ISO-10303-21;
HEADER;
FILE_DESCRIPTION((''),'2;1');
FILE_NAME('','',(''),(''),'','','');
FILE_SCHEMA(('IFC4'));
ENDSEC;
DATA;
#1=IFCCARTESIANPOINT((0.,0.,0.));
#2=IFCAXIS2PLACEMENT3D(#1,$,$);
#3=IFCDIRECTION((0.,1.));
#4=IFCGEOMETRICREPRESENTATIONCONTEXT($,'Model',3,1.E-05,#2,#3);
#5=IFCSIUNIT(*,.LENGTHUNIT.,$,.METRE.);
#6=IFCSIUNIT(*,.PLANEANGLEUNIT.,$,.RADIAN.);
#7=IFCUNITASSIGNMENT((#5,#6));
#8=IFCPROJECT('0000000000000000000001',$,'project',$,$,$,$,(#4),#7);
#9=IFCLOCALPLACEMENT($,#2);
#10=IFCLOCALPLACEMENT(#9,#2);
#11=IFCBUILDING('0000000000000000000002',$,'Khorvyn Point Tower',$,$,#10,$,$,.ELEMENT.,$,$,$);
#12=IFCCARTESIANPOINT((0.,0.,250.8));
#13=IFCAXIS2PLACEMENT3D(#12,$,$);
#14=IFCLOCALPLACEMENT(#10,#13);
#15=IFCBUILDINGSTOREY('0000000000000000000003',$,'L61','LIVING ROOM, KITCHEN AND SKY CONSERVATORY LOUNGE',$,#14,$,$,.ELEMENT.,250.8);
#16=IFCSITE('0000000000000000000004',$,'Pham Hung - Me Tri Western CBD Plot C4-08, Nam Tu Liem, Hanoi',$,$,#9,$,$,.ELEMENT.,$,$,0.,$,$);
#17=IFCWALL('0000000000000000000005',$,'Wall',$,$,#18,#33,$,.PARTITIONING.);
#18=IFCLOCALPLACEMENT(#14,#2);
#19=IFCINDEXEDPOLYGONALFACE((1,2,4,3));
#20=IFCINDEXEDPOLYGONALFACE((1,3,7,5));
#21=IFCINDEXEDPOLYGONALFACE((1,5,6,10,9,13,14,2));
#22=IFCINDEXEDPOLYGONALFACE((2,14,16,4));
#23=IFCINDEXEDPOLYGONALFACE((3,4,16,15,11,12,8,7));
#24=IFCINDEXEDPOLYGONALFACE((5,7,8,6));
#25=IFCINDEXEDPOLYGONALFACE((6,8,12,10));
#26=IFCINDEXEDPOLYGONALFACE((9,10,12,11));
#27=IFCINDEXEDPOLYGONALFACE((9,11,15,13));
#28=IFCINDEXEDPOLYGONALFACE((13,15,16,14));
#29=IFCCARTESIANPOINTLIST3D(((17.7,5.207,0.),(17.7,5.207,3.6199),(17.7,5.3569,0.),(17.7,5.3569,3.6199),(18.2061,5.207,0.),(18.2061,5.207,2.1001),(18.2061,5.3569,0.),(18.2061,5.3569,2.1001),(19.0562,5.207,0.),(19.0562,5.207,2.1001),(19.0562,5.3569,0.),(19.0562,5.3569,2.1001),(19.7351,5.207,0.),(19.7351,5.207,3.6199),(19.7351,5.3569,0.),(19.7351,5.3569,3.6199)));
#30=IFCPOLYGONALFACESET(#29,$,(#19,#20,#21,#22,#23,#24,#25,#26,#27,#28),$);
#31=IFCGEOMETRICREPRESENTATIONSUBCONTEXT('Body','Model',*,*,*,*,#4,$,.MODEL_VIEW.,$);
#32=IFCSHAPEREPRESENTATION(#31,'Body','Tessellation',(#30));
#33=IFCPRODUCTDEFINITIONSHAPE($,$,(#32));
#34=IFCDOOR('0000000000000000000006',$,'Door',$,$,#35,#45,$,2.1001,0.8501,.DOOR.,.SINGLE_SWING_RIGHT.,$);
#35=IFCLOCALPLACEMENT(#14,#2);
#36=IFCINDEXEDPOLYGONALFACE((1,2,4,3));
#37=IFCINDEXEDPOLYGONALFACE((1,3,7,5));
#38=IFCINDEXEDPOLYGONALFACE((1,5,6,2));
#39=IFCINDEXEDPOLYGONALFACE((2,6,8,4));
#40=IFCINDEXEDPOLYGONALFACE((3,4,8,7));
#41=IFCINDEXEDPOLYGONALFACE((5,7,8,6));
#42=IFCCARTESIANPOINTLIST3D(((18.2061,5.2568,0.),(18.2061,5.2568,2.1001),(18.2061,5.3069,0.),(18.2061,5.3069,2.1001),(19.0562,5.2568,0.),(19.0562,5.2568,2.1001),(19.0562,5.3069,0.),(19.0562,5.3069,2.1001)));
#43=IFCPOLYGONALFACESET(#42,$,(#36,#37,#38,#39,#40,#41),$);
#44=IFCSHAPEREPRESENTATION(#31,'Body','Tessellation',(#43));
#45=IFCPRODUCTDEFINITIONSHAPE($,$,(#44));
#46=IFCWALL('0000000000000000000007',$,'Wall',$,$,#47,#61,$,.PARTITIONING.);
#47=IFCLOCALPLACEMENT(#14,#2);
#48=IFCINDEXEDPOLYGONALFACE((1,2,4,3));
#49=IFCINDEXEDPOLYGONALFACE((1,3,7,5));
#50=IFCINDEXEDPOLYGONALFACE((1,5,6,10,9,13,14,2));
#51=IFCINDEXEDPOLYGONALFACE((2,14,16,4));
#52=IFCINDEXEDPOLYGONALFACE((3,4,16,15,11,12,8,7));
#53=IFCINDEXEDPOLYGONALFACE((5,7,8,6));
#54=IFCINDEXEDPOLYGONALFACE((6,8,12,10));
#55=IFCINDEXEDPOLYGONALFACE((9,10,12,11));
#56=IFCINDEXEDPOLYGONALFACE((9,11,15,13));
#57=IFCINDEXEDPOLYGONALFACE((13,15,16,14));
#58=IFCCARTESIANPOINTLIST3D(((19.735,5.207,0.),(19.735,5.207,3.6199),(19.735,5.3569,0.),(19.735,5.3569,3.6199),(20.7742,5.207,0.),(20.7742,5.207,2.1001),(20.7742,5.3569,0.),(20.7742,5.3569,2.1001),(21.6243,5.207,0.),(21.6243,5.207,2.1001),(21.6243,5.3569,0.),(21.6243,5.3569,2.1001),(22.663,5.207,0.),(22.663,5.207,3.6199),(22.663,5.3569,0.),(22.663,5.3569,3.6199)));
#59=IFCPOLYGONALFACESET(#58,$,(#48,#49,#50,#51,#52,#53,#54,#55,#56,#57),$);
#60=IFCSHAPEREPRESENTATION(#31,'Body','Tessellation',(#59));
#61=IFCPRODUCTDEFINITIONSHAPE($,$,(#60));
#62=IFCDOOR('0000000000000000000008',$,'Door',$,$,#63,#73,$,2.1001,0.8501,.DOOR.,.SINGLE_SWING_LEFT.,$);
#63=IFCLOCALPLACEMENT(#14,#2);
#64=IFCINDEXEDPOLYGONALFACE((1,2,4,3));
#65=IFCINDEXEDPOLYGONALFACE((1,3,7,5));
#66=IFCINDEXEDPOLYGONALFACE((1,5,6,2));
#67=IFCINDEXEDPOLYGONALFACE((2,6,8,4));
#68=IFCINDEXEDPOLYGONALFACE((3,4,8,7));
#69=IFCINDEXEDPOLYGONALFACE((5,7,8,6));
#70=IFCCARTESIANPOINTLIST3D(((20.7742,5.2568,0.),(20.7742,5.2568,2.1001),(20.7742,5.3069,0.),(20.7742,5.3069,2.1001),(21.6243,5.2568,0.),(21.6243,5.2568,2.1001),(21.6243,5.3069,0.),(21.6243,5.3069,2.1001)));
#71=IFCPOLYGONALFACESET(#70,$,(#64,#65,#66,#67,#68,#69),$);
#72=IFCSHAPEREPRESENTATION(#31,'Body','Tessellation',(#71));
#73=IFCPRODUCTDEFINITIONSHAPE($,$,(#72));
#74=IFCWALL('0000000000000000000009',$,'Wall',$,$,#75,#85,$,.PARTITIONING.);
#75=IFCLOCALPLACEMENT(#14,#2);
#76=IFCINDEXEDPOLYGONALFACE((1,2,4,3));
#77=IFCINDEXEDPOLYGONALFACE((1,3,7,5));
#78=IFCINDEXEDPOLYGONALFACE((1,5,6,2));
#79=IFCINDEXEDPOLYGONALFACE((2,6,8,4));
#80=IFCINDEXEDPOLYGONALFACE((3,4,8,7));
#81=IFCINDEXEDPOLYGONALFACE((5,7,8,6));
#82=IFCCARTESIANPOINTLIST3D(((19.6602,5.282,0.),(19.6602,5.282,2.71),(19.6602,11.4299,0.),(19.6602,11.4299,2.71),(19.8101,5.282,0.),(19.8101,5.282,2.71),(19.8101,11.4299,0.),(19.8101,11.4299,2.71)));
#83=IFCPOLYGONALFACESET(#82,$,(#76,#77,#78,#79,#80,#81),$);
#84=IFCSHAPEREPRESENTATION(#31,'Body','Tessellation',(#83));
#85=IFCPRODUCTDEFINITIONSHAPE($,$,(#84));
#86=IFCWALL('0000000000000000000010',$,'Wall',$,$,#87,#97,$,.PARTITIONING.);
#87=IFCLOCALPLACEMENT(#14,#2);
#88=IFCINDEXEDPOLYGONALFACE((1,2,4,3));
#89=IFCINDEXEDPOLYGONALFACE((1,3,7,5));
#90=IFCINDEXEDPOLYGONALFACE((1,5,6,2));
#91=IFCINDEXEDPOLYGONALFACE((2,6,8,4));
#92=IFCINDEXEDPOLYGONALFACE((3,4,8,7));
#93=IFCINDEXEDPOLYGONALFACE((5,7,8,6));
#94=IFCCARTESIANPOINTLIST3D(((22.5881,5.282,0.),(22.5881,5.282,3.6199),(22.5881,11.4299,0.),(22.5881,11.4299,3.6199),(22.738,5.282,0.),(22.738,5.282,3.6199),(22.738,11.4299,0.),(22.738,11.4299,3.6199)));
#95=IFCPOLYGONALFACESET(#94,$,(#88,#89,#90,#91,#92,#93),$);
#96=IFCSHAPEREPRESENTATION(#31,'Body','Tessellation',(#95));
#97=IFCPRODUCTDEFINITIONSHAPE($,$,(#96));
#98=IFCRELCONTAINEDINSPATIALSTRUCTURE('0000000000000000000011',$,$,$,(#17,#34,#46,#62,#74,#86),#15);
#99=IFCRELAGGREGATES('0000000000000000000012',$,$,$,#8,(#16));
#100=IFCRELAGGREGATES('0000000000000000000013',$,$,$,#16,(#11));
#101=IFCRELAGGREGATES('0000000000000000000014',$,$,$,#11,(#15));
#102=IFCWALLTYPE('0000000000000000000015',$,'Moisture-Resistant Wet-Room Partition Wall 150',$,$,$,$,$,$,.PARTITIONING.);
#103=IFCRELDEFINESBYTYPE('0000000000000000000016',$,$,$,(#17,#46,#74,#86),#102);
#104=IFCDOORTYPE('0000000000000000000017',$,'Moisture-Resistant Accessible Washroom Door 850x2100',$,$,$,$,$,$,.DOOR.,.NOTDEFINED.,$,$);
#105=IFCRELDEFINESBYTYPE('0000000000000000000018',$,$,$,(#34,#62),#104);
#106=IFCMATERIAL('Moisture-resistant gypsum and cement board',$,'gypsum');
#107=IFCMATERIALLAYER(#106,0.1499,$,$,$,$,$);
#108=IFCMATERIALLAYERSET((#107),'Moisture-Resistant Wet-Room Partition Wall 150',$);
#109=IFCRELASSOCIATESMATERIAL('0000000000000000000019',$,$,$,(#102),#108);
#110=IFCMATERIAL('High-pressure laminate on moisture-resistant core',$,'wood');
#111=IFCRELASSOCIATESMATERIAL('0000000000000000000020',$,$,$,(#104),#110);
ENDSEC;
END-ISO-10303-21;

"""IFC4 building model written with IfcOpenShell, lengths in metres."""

from ifc_helpers import new_model, si_unit, direction, frame, frame_2d, origin, place, context, subcontext, project, spatial, rectangle, extrude, material, layer, layer_set, type_object, element, fill, save


model = new_model("IFC4")

# Units and contexts
model_context = context("Model", 3, precision=1e-05, world=origin(), true_north=direction((0.0, 1.0)))
body_context = subcontext(model_context, "Body", "Model", "MODEL_VIEW")
ifc_project = project(units=[si_unit("LENGTHUNIT", "METRE"), si_unit("PLANEANGLEUNIT", "RADIAN")], contexts=[model_context])

# Site, building, storey
site_placement = place(None, origin())
site = spatial("IfcSite", under=ifc_project, at=site_placement, Name="Pham Hung - Me Tri Western CBD Plot C4-08, Nam Tu Liem, Hanoi", CompositionType="ELEMENT", RefElevation=0.0)
building_placement = place(site_placement, origin())
building = spatial("IfcBuilding", under=site, at=building_placement, Name="Khorvyn Point Tower", CompositionType="ELEMENT")
storey_placement = place(building_placement, frame((0.0, 0.0, 250.8)))
storey = spatial("IfcBuildingStorey", under=building, at=storey_placement, Name="L61", Description="LIVING ROOM, KITCHEN AND SKY CONSERVATORY LOUNGE", CompositionType="ELEMENT", Elevation=250.8)

# Walls, openings, doors
ifc_material_1 = material(Name="Moisture-resistant gypsum and cement board", Category="gypsum")
ifc_layer_1 = layer(ifc_material_1, 0.1499)
ifc_layer_set_1 = layer_set([ifc_layer_1], Name="Moisture-Resistant Wet-Room Partition Wall 150")
wall_type_1 = type_object("IfcWallType", Name="Moisture-Resistant Wet-Room Partition Wall 150", PredefinedType="PARTITIONING", material=ifc_layer_set_1)
wall_1_placement = place(storey_placement, frame((17.7, 5.282, 0.0), z_axis=(0.0, 0.0, 1.0), x_axis=(1.0, 0.0, 0.0)))
wall_1 = element("IfcWall", 1, at=wall_1_placement, inside=storey, type_object=wall_type_1, Name="Wall", PredefinedType="PARTITIONING", context=body_context, shape_type="SweptSolid", body=[
    extrude(rectangle(XDim=2.0352, YDim=0.1499, at=frame_2d((1.0176, 0.0))), origin(), (0.0, 0.0, 1.0), 3.6199),
])
opening_1_placement = place(wall_1_placement, frame((0.5061, 0.0, 0.0)))
opening_1 = element("IfcOpeningElement", 2, at=opening_1_placement, cuts=wall_1, PredefinedType="OPENING", context=body_context, shape_type="SweptSolid", body=[
    extrude(rectangle(XDim=0.8501, YDim=2.1001, at=frame_2d((0.425, 1.05))), frame((0.0, 0.085, 0.0), z_axis=(0.0, -1.0, 0.0), x_axis=(1.0, 0.0, 0.0)), (0.0, 0.0, 1.0), 0.1699),
])
ifc_material_2 = material(Name="High-pressure laminate on moisture-resistant core", Category="wood")
door_type_1 = type_object("IfcDoorType", Name="Moisture-Resistant Accessible Washroom Door 850x2100", OperationType="NOTDEFINED", PredefinedType="DOOR", material=ifc_material_2)
door_1_placement = place(opening_1_placement, origin())
door_1 = element("IfcDoor", 3, at=door_1_placement, inside=storey, type_object=door_type_1, Name="Door", OperationType="SINGLE_SWING_RIGHT", OverallHeight=2.1001, OverallWidth=0.8501, PredefinedType="DOOR", context=body_context, shape_type="SweptSolid", body=[
    extrude(rectangle(XDim=0.8501, YDim=2.1001, at=frame_2d((0.425, 1.05))), frame((0.0, 0.0249, 0.0), z_axis=(0.0, -1.0, 0.0), x_axis=(1.0, 0.0, 0.0)), (0.0, 0.0, 1.0), 0.05),
])
fill(opening_1, door_1)
wall_2_placement = place(storey_placement, frame((19.7351, 5.282, 0.0), z_axis=(0.0, 0.0, 1.0), x_axis=(1.0, 0.0, 0.0)))
wall_2 = element("IfcWall", 4, at=wall_2_placement, inside=storey, type_object=wall_type_1, Name="Wall", PredefinedType="PARTITIONING", context=body_context, shape_type="SweptSolid", body=[
    extrude(rectangle(XDim=2.928, YDim=0.1499, at=frame_2d((1.4639, 0.0))), origin(), (0.0, 0.0, 1.0), 3.6199),
])
opening_2_placement = place(wall_2_placement, frame((1.0391, 0.0, 0.0)))
opening_2 = element("IfcOpeningElement", 5, at=opening_2_placement, cuts=wall_2, PredefinedType="OPENING", context=body_context, shape_type="SweptSolid", body=[
    extrude(rectangle(XDim=0.8501, YDim=2.1001, at=frame_2d((0.425, 1.05))), frame((0.0, 0.085, 0.0), z_axis=(0.0, -1.0, 0.0), x_axis=(1.0, 0.0, 0.0)), (0.0, 0.0, 1.0), 0.1699),
])
door_2_placement = place(opening_2_placement, origin())
door_2 = element("IfcDoor", 6, at=door_2_placement, inside=storey, type_object=door_type_1, Name="Door", OperationType="SINGLE_SWING_LEFT", OverallHeight=2.1001, OverallWidth=0.8501, PredefinedType="DOOR", context=body_context, shape_type="SweptSolid", body=[
    extrude(rectangle(XDim=0.8501, YDim=2.1001, at=frame_2d((0.425, 1.05))), frame((0.0, 0.0249, 0.0), z_axis=(0.0, -1.0, 0.0), x_axis=(1.0, 0.0, 0.0)), (0.0, 0.0, 1.0), 0.05),
])
fill(opening_2, door_2)

# Walls
wall_3_placement = place(storey_placement, frame((19.7351, 5.282, 0.0), z_axis=(0.0, 0.0, 1.0), x_axis=(0.0, 1.0, 0.0)))
element("IfcWall", 7, at=wall_3_placement, inside=storey, type_object=wall_type_1, Name="Wall", PredefinedType="PARTITIONING", context=body_context, shape_type="SweptSolid", body=[
    extrude(rectangle(XDim=6.1479, YDim=0.1499, at=frame_2d((3.074, 0.0))), origin(), (0.0, 0.0, 1.0), 2.71),
])
wall_4_placement = place(storey_placement, frame((22.6631, 5.282, 0.0), z_axis=(0.0, 0.0, 1.0), x_axis=(0.0, 1.0, 0.0)))
element("IfcWall", 8, at=wall_4_placement, inside=storey, type_object=wall_type_1, Name="Wall", PredefinedType="PARTITIONING", context=body_context, shape_type="SweptSolid", body=[
    extrude(rectangle(XDim=6.1479, YDim=0.1499, at=frame_2d((3.074, 0.0))), origin(), (0.0, 0.0, 1.0), 3.6199),
])

save(model, "model.ifc")
